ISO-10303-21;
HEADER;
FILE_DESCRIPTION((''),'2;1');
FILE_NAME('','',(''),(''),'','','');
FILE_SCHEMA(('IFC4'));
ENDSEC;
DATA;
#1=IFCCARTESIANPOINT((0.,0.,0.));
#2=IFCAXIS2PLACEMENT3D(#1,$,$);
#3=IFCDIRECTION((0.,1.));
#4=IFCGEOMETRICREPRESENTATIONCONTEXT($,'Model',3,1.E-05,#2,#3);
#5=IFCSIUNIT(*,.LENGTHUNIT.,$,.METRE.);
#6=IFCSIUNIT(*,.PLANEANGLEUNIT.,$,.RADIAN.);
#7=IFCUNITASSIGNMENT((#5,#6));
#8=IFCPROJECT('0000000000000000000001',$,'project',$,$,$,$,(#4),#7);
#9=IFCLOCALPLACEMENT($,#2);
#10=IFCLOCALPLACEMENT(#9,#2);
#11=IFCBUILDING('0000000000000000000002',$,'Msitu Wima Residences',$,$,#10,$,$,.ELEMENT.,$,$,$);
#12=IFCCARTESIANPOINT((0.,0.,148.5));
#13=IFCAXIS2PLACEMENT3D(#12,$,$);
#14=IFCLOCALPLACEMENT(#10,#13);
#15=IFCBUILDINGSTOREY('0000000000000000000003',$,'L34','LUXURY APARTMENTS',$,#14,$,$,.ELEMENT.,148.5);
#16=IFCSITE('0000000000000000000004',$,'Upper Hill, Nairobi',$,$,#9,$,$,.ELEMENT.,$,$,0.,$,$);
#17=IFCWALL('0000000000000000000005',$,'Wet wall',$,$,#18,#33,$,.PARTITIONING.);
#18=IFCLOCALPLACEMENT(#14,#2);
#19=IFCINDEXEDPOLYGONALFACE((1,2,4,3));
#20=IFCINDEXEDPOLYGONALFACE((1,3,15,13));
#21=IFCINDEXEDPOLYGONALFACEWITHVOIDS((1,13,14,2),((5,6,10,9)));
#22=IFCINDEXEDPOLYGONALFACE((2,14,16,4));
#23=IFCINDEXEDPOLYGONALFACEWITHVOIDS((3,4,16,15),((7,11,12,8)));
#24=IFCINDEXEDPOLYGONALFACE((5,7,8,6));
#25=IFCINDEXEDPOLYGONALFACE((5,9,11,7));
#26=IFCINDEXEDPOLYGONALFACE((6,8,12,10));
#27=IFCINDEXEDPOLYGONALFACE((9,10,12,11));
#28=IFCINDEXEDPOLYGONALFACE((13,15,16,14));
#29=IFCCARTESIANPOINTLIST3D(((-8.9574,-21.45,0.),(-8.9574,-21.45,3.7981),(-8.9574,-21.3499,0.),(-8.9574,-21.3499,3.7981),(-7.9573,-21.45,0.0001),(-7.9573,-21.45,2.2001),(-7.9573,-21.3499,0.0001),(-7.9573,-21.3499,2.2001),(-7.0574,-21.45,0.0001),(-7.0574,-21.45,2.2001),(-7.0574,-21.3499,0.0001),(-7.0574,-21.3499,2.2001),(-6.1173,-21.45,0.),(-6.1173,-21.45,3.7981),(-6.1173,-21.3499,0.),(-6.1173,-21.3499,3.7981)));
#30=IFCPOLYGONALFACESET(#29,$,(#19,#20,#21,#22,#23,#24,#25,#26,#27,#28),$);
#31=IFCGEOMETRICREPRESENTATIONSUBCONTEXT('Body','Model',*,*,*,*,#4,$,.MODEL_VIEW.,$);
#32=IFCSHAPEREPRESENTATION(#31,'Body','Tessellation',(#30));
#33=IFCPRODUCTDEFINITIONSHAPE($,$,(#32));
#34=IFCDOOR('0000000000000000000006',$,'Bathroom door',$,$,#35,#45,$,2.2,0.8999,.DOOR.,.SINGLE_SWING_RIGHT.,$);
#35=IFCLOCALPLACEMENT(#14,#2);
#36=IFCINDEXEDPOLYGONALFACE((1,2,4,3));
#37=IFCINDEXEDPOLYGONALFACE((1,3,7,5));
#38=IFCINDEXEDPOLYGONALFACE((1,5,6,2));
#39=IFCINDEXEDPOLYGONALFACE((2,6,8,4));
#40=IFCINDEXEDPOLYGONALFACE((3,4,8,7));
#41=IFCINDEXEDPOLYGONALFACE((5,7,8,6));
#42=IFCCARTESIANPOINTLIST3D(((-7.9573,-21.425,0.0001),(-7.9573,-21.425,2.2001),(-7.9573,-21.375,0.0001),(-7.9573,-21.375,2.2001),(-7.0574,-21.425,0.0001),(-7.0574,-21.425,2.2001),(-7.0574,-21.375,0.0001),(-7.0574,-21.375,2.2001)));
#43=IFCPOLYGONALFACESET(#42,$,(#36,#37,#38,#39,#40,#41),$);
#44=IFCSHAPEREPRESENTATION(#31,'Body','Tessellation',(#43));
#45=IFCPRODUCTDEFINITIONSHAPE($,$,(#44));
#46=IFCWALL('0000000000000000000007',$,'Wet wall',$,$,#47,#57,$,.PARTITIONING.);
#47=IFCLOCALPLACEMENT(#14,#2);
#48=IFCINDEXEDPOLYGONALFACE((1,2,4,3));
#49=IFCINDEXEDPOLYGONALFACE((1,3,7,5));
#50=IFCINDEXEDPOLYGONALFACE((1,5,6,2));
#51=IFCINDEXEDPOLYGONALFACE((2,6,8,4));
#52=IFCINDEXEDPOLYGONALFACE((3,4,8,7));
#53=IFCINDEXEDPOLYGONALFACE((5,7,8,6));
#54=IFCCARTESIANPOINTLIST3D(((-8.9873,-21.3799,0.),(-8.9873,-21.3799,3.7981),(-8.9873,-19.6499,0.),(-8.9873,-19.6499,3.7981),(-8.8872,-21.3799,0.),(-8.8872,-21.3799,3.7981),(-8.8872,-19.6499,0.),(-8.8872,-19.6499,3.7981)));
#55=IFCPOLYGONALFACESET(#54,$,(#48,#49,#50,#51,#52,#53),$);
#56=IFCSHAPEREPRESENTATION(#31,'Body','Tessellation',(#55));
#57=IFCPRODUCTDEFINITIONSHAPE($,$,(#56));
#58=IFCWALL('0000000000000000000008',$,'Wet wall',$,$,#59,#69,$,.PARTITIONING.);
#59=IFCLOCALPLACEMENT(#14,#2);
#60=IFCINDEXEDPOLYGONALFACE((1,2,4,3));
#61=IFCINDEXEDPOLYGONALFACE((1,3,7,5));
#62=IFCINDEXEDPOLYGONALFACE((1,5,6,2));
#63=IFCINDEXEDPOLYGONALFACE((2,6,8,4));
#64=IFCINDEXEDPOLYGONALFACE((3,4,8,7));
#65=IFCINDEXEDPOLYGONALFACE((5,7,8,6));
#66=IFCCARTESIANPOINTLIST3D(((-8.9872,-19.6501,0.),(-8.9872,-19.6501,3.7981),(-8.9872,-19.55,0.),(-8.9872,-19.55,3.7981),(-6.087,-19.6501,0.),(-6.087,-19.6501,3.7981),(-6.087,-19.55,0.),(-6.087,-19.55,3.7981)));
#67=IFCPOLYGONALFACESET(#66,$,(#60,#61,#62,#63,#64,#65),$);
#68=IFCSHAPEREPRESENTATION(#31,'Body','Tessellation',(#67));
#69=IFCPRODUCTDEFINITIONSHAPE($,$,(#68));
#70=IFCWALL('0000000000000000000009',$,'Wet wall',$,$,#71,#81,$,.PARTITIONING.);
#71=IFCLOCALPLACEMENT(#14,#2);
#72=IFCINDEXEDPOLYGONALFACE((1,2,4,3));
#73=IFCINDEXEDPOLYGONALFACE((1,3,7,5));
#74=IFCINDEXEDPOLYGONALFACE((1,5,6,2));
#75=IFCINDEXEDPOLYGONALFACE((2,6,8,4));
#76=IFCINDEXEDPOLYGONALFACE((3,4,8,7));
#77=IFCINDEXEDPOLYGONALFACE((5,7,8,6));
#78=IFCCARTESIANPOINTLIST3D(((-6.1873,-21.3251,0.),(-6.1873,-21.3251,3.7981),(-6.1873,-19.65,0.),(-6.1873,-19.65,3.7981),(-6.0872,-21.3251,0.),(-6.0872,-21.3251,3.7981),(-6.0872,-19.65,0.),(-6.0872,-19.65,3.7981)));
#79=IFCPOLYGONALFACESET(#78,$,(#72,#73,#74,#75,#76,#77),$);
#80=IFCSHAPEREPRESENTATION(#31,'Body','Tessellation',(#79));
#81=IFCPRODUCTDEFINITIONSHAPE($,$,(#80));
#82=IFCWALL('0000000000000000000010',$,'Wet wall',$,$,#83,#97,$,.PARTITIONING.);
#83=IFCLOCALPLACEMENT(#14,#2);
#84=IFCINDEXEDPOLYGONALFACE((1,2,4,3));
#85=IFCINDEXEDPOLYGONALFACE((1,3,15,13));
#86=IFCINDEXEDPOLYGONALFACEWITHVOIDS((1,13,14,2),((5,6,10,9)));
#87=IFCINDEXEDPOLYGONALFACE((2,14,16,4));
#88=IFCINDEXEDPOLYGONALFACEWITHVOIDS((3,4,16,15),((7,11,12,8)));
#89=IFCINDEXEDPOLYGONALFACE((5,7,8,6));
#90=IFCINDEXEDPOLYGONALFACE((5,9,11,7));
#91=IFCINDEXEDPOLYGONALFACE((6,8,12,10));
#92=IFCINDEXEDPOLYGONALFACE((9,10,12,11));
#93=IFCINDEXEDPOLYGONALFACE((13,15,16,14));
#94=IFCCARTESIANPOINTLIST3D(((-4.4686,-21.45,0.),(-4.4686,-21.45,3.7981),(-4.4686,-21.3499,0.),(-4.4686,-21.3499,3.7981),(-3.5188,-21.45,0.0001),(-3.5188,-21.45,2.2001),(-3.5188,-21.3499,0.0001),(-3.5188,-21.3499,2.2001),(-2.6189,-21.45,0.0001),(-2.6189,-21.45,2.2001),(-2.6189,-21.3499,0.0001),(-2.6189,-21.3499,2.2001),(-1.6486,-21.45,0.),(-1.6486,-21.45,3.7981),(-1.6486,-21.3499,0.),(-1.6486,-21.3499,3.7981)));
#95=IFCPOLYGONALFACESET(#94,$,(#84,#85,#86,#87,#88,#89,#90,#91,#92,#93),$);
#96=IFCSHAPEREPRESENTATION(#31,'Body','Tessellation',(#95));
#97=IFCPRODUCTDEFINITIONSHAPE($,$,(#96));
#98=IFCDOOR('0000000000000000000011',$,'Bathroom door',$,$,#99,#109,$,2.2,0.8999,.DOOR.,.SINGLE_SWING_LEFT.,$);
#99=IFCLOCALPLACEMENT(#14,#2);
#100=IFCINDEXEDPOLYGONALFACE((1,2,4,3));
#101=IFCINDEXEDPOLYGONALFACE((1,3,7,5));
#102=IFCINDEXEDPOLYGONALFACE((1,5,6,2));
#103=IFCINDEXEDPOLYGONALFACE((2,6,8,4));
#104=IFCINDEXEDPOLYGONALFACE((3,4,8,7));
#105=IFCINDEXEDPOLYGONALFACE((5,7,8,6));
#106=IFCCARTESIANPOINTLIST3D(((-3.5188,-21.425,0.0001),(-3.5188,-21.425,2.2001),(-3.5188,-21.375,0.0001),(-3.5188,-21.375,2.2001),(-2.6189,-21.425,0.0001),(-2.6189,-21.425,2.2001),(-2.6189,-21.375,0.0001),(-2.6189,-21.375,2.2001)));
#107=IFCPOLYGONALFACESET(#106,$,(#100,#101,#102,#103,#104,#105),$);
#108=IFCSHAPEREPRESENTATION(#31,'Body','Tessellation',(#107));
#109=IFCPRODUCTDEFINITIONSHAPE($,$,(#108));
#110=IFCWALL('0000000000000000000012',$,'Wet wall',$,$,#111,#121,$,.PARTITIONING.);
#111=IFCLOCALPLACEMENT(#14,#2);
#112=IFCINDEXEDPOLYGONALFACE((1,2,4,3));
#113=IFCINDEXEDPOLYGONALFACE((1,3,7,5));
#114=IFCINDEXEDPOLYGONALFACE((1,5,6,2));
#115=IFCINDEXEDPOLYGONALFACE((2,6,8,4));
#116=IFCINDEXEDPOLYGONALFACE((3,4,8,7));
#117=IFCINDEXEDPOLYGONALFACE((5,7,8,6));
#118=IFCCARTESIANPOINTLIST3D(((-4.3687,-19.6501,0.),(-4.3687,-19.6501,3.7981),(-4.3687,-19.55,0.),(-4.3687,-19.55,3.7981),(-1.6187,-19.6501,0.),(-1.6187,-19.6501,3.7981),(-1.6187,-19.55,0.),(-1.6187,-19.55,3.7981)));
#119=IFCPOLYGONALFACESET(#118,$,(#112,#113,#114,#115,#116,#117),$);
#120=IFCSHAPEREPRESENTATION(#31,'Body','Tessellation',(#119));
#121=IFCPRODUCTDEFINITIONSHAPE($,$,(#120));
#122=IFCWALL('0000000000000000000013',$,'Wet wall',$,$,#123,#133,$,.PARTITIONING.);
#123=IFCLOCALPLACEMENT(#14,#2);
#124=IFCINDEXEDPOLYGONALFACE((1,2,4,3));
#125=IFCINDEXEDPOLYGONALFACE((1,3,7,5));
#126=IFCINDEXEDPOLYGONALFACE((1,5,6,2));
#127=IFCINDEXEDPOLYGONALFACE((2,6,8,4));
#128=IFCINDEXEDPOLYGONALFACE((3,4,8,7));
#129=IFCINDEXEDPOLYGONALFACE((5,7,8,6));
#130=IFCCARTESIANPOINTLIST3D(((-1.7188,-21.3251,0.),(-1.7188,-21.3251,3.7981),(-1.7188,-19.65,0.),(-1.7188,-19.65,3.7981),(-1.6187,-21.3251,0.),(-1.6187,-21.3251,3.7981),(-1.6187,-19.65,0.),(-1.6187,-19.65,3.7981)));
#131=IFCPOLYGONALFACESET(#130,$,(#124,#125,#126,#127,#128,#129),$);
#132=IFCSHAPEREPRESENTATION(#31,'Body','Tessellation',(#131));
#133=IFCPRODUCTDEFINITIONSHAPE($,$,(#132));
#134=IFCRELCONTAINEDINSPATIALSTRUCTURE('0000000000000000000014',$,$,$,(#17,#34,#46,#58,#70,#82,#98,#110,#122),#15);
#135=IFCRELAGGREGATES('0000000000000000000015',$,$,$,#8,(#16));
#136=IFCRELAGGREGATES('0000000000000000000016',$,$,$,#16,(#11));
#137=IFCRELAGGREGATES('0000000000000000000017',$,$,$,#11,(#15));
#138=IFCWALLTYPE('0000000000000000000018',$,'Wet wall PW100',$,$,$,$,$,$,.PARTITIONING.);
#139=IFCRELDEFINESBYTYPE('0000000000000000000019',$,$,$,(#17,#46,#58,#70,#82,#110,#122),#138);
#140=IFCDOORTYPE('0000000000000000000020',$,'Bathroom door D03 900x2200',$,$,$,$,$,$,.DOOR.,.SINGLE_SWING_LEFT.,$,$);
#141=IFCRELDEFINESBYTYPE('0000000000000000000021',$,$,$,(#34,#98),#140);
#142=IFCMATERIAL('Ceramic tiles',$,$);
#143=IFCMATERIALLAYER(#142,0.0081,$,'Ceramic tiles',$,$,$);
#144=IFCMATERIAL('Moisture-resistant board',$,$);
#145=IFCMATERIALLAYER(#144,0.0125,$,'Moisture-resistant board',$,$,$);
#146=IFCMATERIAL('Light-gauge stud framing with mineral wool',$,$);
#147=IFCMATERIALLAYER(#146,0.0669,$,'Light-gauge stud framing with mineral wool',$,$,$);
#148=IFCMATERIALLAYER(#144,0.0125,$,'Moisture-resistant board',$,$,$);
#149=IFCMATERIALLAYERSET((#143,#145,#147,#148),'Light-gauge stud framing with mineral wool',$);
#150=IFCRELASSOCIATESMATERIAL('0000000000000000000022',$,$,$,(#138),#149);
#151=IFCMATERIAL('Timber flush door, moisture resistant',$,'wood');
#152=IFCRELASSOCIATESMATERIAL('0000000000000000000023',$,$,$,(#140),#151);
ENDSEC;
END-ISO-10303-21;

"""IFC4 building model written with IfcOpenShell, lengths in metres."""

from ifc_helpers import new_model, si_unit, direction, frame, frame_2d, origin, place, context, subcontext, project, spatial, rectangle, extrude, material, layer, layer_set, type_object, element, fill, save


model = new_model("IFC4")

# Units and contexts
model_context = context("Model", 3, precision=1e-05, world=origin(), true_north=direction((0.0, 1.0)))
body_context = subcontext(model_context, "Body", "Model", "MODEL_VIEW")
ifc_project = project(units=[si_unit("LENGTHUNIT", "METRE"), si_unit("PLANEANGLEUNIT", "RADIAN")], contexts=[model_context])

# Site, building, storey
site_placement = place(None, origin())
site = spatial("IfcSite", under=ifc_project, at=site_placement, Name="Upper Hill, Nairobi", CompositionType="ELEMENT", RefElevation=0.0)
building_placement = place(site_placement, origin())
building = spatial("IfcBuilding", under=site, at=building_placement, Name="Msitu Wima Residences", CompositionType="ELEMENT")
storey_placement = place(building_placement, frame((0.0, 0.0, 148.5)))
storey = spatial("IfcBuildingStorey", under=building, at=storey_placement, Name="L34", Description="LUXURY APARTMENTS", CompositionType="ELEMENT", Elevation=148.5)

# Wall, opening, door
ifc_material_1 = material(Name="Ceramic tiles")
ifc_layer_1 = layer(ifc_material_1, 0.0081, Name="Ceramic tiles")
ifc_material_2 = material(Name="Moisture-resistant board")
ifc_layer_2 = layer(ifc_material_2, 0.0125, Name="Moisture-resistant board")
ifc_material_3 = material(Name="Light-gauge stud framing with mineral wool")
ifc_layer_3 = layer(ifc_material_3, 0.0669, Name="Light-gauge stud framing with mineral wool")
ifc_layer_4 = layer(ifc_material_2, 0.0125, Name="Moisture-resistant board")
ifc_layer_set_1 = layer_set([ifc_layer_1, ifc_layer_2, ifc_layer_3, ifc_layer_4], Name="Light-gauge stud framing with mineral wool")
wall_type_1 = type_object("IfcWallType", Name="Wet wall PW100", PredefinedType="PARTITIONING", material=ifc_layer_set_1)
wall_1_placement = place(storey_placement, frame((-8.9573, -21.3999, 0.0), z_axis=(0.0, 0.0, 1.0), x_axis=(1.0, 0.0, 0.0)))
wall_1 = element("IfcWall", 1, at=wall_1_placement, inside=storey, type_object=wall_type_1, Name="Wet wall", PredefinedType="PARTITIONING", context=body_context, shape_type="SweptSolid", body=[
    extrude(rectangle(XDim=2.8401, YDim=0.1001, at=frame_2d((1.4199, 0.0))), origin(), (0.0, 0.0, 1.0), 3.7981),
])
opening_1_placement = place(wall_1_placement, frame((1.0, 0.0, 0.0)))
opening_1 = element("IfcOpeningElement", 2, at=opening_1_placement, cuts=wall_1, PredefinedType="OPENING", context=body_context, shape_type="SweptSolid", body=[
    extrude(rectangle(XDim=0.8999, YDim=2.2, at=frame_2d((0.45, 1.1001))), frame((0.0, 0.0601, 0.0), z_axis=(0.0, -1.0, 0.0), x_axis=(1.0, 0.0, 0.0)), (0.0, 0.0, 1.0), 0.1201),
])
ifc_material_4 = material(Name="Timber flush door, moisture resistant", Category="wood")
door_type_1 = type_object("IfcDoorType", Name="Bathroom door D03 900x2200", OperationType="SINGLE_SWING_LEFT", PredefinedType="DOOR", material=ifc_material_4)
door_1_placement = place(opening_1_placement, origin())
door_1 = element("IfcDoor", 3, at=door_1_placement, inside=storey, type_object=door_type_1, Name="Bathroom door", OperationType="SINGLE_SWING_RIGHT", OverallHeight=2.2, OverallWidth=0.8999, PredefinedType="DOOR", context=body_context, shape_type="SweptSolid", body=[
    extrude(rectangle(XDim=0.8999, YDim=2.2, at=frame_2d((0.45, 1.1001))), frame((0.0, 0.0249, 0.0), z_axis=(0.0, -1.0, 0.0), x_axis=(1.0, 0.0, 0.0)), (0.0, 0.0, 1.0), 0.05),
])
fill(opening_1, door_1)

# Walls
wall_2_placement = place(storey_placement, frame((-8.9373, -21.3799, 0.0), z_axis=(0.0, 0.0, 1.0), x_axis=(0.0, 1.0, 0.0)))
element("IfcWall", 4, at=wall_2_placement, inside=storey, type_object=wall_type_1, Name="Wet wall", PredefinedType="PARTITIONING", context=body_context, shape_type="SweptSolid", body=[
    extrude(rectangle(XDim=1.73, YDim=0.1001, at=frame_2d((0.865, 0.0))), origin(), (0.0, 0.0, 1.0), 3.7981),
])
wall_3_placement = place(storey_placement, frame((-8.9873, -19.6001, 0.0), z_axis=(0.0, 0.0, 1.0), x_axis=(1.0, 0.0, 0.0)))
element("IfcWall", 5, at=wall_3_placement, inside=storey, type_object=wall_type_1, Name="Wet wall", PredefinedType="PARTITIONING", context=body_context, shape_type="SweptSolid", body=[
    extrude(rectangle(XDim=2.9001, YDim=0.1001, at=frame_2d((1.4502, 0.0))), origin(), (0.0, 0.0, 1.0), 3.7981),
])
wall_4_placement = place(storey_placement, frame((-6.1372, -21.325, 0.0), z_axis=(0.0, 0.0, 1.0), x_axis=(0.0, 1.0, 0.0)))
element("IfcWall", 6, at=wall_4_placement, inside=storey, type_object=wall_type_1, Name="Wet wall", PredefinedType="PARTITIONING", context=body_context, shape_type="SweptSolid", body=[
    extrude(rectangle(XDim=1.675, YDim=0.1001, at=frame_2d((0.8374, 0.0))), origin(), (0.0, 0.0, 1.0), 3.7981),
])

# Wall, opening, door
wall_5_placement = place(storey_placement, frame((-4.4688, -21.3999, 0.0), z_axis=(0.0, 0.0, 1.0), x_axis=(1.0, 0.0, 0.0)))
wall_5 = element("IfcWall", 7, at=wall_5_placement, inside=storey, type_object=wall_type_1, Name="Wet wall", PredefinedType="PARTITIONING", context=body_context, shape_type="SweptSolid", body=[
    extrude(rectangle(XDim=2.8201, YDim=0.1001, at=frame_2d((1.4102, 0.0))), origin(), (0.0, 0.0, 1.0), 3.7981),
])
opening_2_placement = place(wall_5_placement, frame((0.95, 0.0, 0.0)))
opening_2 = element("IfcOpeningElement", 8, at=opening_2_placement, cuts=wall_5, PredefinedType="OPENING", context=body_context, shape_type="SweptSolid", body=[
    extrude(rectangle(XDim=0.8999, YDim=2.2, at=frame_2d((0.45, 1.1001))), frame((0.0, 0.0601, 0.0), z_axis=(0.0, -1.0, 0.0), x_axis=(1.0, 0.0, 0.0)), (0.0, 0.0, 1.0), 0.1201),
])
door_2_placement = place(opening_2_placement, origin())
door_2 = element("IfcDoor", 9, at=door_2_placement, inside=storey, type_object=door_type_1, Name="Bathroom door", OperationType="SINGLE_SWING_LEFT", OverallHeight=2.2, OverallWidth=0.8999, PredefinedType="DOOR", context=body_context, shape_type="SweptSolid", body=[
    extrude(rectangle(XDim=0.8999, YDim=2.2, at=frame_2d((0.45, 1.1001))), frame((0.0, 0.0249, 0.0), z_axis=(0.0, -1.0, 0.0), x_axis=(1.0, 0.0, 0.0)), (0.0, 0.0, 1.0), 0.05),
])
fill(opening_2, door_2)

# Walls
wall_6_placement = place(storey_placement, frame((-4.3687, -19.6001, 0.0), z_axis=(0.0, 0.0, 1.0), x_axis=(1.0, 0.0, 0.0)))
element("IfcWall", 10, at=wall_6_placement, inside=storey, type_object=wall_type_1, Name="Wet wall", PredefinedType="PARTITIONING", context=body_context, shape_type="SweptSolid", body=[
    extrude(rectangle(XDim=2.75, YDim=0.1001, at=frame_2d((1.375, 0.0))), origin(), (0.0, 0.0, 1.0), 3.7981),
])
wall_7_placement = place(storey_placement, frame((-1.6687, -21.325, 0.0), z_axis=(0.0, 0.0, 1.0), x_axis=(0.0, 1.0, 0.0)))
element("IfcWall", 11, at=wall_7_placement, inside=storey, type_object=wall_type_1, Name="Wet wall", PredefinedType="PARTITIONING", context=body_context, shape_type="SweptSolid", body=[
    extrude(rectangle(XDim=1.675, YDim=0.1001, at=frame_2d((0.8374, 0.0))), origin(), (0.0, 0.0, 1.0), 3.7981),
])

save(model, "model.ifc")
